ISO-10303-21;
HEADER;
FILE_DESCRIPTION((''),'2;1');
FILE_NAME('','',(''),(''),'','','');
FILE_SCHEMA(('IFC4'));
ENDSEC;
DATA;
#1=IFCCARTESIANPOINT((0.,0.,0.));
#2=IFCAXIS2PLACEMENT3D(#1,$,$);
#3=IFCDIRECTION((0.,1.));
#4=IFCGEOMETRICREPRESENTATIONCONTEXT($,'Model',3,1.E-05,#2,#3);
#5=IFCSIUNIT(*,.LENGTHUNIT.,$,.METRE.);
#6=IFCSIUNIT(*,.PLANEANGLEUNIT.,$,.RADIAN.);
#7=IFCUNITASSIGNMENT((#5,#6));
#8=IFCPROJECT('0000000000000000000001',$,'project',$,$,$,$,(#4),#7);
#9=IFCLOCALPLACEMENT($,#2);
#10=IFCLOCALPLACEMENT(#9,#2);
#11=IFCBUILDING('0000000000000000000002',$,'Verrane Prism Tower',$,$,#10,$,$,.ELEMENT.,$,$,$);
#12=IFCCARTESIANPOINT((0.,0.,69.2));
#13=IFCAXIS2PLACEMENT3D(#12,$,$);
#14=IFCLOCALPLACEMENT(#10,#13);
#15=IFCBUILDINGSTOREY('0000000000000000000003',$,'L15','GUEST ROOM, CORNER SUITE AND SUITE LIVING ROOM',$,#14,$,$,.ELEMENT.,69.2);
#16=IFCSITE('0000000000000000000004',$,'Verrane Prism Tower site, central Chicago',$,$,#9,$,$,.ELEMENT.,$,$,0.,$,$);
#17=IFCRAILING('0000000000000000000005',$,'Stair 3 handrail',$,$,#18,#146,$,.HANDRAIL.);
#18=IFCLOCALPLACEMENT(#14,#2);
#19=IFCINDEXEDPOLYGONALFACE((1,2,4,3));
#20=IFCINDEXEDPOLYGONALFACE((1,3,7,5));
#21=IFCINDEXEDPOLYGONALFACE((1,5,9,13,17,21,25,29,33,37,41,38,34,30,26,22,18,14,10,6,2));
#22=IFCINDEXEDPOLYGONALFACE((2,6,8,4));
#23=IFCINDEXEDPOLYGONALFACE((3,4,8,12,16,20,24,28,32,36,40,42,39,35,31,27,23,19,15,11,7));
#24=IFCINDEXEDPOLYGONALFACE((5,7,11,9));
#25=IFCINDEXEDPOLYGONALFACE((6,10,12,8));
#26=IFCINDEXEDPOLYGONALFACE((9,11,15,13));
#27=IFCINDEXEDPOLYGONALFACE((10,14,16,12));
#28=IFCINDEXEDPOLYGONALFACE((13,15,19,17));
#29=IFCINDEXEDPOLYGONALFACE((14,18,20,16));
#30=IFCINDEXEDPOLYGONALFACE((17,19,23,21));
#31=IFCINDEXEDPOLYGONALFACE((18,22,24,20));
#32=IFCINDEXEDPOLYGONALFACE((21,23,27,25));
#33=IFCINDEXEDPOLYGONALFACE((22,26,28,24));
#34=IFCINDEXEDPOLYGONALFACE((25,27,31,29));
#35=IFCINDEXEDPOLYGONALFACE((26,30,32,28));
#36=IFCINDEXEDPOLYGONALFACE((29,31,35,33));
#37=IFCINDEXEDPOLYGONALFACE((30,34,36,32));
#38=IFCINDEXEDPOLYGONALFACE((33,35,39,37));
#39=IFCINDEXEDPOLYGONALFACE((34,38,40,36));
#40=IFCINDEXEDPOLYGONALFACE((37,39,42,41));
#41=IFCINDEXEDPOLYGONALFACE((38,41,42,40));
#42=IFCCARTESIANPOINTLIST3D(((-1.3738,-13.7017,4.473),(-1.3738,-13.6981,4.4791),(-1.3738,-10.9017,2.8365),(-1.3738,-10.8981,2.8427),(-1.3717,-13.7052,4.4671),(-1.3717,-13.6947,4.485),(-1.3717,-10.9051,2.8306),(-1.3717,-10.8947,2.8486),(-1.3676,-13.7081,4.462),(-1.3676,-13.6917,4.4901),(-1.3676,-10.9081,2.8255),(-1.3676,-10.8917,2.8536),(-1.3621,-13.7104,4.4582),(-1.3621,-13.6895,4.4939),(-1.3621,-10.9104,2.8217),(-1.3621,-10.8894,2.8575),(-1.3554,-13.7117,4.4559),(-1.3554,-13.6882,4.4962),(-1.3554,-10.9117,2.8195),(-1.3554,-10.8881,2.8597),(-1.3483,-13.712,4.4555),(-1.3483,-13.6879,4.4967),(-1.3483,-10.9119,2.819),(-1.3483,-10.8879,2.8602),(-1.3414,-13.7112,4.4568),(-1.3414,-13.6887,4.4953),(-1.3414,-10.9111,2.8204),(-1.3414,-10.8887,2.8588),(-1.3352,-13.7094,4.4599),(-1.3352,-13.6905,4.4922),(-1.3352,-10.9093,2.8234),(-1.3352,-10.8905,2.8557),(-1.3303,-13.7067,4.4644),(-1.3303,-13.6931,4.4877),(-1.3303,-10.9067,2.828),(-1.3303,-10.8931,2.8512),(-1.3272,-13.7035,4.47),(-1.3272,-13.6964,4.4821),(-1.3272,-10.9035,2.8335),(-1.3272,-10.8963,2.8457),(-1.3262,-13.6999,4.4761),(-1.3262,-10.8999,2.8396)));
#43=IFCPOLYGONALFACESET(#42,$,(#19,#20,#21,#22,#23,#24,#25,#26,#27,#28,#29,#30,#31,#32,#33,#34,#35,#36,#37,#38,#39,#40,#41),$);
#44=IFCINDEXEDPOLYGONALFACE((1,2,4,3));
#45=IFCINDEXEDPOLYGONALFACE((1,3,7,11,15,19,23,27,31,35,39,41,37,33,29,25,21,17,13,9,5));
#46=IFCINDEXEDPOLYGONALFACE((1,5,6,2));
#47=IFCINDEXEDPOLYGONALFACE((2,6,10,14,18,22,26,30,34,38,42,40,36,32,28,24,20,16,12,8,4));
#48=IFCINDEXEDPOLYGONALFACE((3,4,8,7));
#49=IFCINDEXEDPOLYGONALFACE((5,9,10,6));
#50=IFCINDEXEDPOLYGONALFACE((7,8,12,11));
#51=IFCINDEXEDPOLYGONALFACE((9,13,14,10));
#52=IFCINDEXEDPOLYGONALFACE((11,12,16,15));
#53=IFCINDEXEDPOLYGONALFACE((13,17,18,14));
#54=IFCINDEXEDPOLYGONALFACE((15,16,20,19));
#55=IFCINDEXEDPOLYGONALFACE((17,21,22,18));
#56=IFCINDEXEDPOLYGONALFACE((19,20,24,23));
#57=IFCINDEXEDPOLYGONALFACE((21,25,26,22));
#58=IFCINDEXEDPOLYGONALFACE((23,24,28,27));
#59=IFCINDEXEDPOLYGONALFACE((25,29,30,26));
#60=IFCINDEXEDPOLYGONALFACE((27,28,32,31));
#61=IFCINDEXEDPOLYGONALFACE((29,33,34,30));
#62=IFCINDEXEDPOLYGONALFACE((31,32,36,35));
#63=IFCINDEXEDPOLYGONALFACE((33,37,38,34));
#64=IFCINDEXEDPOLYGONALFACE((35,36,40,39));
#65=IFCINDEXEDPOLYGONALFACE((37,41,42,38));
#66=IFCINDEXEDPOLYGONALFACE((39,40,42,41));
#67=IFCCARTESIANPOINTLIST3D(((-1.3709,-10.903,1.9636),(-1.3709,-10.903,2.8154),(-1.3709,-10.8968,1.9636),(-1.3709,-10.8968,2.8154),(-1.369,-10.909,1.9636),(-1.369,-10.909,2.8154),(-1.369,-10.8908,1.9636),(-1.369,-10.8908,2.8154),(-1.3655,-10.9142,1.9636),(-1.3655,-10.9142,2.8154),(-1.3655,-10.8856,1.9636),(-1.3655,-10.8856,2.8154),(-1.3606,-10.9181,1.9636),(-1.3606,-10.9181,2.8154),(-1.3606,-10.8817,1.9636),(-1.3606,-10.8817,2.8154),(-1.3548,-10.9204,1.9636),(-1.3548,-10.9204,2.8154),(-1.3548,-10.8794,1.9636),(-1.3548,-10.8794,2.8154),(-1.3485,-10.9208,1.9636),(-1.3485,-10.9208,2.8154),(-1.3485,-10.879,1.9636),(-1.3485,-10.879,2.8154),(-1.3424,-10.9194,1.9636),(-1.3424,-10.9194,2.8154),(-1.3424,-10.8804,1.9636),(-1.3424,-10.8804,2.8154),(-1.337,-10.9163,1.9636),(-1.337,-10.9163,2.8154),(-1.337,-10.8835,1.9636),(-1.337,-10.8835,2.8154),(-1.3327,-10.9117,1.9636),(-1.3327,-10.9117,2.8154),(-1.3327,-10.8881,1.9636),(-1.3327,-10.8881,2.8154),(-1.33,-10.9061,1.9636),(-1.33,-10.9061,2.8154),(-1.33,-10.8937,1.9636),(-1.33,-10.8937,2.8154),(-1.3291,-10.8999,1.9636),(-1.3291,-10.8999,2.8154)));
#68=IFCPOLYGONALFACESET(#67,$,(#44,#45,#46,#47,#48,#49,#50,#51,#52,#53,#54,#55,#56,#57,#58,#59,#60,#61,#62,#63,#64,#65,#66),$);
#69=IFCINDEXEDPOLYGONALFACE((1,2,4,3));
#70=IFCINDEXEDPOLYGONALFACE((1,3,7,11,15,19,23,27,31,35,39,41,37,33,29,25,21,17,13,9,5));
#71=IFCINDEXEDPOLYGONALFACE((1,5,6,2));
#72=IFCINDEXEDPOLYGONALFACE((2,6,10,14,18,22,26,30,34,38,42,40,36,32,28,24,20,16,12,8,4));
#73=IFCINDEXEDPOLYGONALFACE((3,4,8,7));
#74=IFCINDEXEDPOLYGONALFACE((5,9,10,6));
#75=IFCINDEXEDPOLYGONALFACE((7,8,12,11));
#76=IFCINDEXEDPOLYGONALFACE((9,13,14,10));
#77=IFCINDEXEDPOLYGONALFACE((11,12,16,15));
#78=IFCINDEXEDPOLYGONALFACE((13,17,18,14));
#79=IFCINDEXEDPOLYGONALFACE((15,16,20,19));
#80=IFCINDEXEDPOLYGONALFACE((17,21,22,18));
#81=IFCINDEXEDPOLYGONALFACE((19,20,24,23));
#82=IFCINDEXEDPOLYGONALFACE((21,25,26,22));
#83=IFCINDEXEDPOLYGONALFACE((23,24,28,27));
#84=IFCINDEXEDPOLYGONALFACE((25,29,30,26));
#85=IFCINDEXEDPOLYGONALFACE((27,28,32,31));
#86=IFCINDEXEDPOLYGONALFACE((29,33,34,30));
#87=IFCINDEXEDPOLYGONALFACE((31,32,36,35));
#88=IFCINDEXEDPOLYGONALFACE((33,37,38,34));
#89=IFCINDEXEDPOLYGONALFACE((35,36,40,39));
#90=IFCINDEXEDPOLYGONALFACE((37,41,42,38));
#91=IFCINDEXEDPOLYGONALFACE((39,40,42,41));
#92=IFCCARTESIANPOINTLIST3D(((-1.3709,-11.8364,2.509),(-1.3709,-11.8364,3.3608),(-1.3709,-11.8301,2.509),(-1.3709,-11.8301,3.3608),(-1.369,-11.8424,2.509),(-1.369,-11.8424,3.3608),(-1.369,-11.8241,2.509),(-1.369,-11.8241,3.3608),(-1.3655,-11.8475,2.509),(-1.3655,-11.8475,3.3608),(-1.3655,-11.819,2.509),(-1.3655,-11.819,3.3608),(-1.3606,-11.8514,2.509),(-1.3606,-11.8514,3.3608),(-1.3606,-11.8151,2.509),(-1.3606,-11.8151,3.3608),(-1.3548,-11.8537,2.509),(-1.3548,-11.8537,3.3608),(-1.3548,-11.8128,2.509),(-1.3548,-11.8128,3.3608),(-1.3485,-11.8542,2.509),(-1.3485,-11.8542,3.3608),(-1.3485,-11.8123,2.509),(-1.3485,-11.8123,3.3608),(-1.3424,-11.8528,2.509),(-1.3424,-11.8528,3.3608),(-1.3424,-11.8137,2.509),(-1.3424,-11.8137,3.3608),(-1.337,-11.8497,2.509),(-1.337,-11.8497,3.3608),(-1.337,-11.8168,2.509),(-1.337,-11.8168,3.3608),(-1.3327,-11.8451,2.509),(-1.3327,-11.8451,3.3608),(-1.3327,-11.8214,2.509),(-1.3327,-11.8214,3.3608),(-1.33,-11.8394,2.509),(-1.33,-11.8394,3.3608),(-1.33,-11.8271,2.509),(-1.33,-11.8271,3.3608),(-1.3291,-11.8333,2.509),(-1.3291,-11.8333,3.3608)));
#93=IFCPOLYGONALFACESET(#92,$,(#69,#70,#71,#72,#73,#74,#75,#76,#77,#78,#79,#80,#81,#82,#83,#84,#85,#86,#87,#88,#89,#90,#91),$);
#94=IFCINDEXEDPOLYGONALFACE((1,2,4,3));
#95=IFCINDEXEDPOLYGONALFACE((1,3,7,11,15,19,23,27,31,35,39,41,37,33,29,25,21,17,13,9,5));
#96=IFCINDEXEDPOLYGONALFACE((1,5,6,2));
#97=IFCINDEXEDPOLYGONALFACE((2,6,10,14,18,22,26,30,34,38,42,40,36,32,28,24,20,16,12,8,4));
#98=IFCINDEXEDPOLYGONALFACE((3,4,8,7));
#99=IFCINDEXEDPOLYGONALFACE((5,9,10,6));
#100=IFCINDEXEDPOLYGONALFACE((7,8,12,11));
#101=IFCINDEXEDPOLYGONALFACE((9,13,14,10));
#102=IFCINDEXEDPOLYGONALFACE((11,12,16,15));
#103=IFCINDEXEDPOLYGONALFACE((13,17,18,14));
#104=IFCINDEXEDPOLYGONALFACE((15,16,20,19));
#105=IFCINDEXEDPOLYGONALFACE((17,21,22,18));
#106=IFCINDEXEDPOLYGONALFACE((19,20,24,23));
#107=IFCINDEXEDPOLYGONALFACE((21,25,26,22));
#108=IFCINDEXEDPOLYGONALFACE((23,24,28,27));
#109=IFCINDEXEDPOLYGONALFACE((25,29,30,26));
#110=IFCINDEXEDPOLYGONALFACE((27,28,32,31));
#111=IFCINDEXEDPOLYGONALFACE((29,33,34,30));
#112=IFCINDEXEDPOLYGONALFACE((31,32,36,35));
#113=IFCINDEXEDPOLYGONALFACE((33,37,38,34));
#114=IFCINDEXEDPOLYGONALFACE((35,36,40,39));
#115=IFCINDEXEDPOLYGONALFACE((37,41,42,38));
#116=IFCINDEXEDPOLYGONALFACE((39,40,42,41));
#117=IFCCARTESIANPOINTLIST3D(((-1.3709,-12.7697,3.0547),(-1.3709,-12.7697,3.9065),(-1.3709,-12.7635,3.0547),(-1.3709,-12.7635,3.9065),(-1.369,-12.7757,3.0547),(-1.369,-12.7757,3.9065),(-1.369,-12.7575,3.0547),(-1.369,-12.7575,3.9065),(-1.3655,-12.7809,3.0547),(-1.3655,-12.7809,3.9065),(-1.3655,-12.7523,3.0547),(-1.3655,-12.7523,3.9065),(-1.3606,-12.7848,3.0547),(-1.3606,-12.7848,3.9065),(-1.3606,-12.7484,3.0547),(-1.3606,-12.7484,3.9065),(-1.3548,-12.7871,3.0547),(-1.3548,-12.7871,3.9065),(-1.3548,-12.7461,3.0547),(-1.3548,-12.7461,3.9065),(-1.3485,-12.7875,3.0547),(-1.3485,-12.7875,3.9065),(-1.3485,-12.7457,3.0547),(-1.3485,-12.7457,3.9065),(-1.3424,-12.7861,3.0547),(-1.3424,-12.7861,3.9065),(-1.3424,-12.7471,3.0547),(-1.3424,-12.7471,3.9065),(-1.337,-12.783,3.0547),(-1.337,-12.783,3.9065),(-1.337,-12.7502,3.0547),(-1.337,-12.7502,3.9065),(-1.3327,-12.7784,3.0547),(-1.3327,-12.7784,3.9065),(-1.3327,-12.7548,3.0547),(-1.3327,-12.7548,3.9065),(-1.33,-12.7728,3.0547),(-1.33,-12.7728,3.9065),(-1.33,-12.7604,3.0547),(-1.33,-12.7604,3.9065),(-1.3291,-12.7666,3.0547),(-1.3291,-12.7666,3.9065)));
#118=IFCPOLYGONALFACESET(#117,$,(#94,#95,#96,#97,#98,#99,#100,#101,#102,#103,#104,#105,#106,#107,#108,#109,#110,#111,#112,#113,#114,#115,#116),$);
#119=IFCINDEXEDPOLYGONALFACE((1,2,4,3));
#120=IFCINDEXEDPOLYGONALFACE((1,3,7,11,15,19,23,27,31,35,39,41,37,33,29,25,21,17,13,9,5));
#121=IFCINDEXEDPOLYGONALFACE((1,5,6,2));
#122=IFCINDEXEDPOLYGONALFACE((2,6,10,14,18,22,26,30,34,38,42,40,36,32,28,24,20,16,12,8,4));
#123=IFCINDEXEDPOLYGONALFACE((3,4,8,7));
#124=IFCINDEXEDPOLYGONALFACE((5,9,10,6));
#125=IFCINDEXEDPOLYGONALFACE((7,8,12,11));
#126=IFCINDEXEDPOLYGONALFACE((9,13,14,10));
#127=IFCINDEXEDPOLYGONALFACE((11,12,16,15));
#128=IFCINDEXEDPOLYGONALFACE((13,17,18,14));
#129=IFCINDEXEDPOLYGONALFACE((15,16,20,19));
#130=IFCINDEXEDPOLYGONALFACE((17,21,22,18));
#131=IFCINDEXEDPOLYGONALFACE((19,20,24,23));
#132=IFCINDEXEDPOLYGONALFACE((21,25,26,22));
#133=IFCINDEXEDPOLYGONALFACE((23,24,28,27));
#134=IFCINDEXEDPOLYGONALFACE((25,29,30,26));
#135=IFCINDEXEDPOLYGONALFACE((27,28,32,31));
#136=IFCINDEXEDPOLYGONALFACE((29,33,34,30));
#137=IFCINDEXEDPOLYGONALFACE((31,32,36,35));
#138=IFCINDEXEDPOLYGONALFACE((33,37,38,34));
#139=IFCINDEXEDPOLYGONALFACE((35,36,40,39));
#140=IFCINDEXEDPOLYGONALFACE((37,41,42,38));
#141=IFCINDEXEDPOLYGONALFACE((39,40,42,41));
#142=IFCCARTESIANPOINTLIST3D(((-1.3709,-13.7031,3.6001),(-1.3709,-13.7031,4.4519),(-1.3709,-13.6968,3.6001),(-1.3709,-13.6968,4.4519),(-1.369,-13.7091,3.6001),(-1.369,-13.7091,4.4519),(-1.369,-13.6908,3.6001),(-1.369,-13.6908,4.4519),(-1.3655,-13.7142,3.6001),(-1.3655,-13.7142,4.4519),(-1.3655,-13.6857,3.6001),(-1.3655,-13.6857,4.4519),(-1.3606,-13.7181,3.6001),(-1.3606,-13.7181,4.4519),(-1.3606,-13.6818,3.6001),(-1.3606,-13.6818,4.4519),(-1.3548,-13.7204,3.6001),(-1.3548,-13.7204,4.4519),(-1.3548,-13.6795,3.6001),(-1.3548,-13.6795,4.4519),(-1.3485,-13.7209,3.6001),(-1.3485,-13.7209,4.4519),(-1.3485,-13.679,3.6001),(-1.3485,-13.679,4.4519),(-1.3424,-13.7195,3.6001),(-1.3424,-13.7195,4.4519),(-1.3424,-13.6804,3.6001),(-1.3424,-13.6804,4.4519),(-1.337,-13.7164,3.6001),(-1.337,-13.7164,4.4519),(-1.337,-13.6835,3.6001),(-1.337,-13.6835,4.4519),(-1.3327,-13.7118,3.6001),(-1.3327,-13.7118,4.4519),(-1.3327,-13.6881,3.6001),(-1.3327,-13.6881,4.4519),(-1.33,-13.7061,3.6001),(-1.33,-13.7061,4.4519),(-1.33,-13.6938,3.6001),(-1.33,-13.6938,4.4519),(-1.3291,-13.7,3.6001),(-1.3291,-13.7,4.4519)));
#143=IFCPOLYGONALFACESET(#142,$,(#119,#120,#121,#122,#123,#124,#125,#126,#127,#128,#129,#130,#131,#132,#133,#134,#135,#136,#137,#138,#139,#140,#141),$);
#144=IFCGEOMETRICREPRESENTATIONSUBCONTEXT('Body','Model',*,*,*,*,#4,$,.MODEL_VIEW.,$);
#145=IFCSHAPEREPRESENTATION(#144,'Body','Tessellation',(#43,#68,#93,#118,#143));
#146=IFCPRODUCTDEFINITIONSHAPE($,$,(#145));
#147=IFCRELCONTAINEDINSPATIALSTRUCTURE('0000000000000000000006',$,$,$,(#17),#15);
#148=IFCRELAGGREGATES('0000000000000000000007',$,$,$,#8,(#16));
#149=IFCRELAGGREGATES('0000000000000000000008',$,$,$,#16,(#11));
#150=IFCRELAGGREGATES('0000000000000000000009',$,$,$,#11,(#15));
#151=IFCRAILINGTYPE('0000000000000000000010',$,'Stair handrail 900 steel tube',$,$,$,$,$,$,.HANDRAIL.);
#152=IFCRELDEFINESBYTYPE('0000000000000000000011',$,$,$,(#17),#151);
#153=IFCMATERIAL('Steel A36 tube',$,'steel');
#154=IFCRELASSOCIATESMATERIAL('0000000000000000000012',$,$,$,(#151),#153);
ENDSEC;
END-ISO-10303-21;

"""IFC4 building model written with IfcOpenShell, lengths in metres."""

from ifc_helpers import new_model, si_unit, direction, frame, origin, origin_2d, place, context, subcontext, project, spatial, circle, extrude, material, type_object, element, save


model = new_model("IFC4")

# Units and contexts
model_context = context("Model", 3, precision=1e-05, world=origin(), true_north=direction((0.0, 1.0)))
body_context = subcontext(model_context, "Body", "Model", "MODEL_VIEW")
ifc_project = project(units=[si_unit("LENGTHUNIT", "METRE"), si_unit("PLANEANGLEUNIT", "RADIAN")], contexts=[model_context])

# Site, building, storey
site_placement = place(None, origin())
site = spatial("IfcSite", under=ifc_project, at=site_placement, Name="Verrane Prism Tower site, central Chicago", CompositionType="ELEMENT", RefElevation=0.0)
building_placement = place(site_placement, origin())
building = spatial("IfcBuilding", under=site, at=building_placement, Name="Verrane Prism Tower", CompositionType="ELEMENT")
storey_placement = place(building_placement, frame((0.0, 0.0, 69.2)))
storey = spatial("IfcBuildingStorey", under=building, at=storey_placement, Name="L15", Description="GUEST ROOM, CORNER SUITE AND SUITE LIVING ROOM", CompositionType="ELEMENT", Elevation=69.2)

# Railing
ifc_material_1 = material(Name="Steel A36 tube", Category="steel")
railing_type = type_object("IfcRailingType", Name="Stair handrail 900 steel tube", PredefinedType="HANDRAIL", material=ifc_material_1)
railing_placement = place(storey_placement, frame((-1.3501, -10.8999, 1.9636)))
element("IfcRailing", 1, at=railing_placement, inside=storey, type_object=railing_type, Name="Stair 3 handrail", PredefinedType="HANDRAIL", context=body_context, shape_type="SweptSolid", body=[
    extrude(circle(Radius=0.0239, at=origin_2d()), frame((0.0, 0.0, 0.876), z_axis=(0.0, -0.863361, 0.504587), x_axis=(1.0, 0.0, 0.0)), (0.0, 0.0, 1.0), 3.2432),
    extrude(circle(Radius=0.021, at=origin_2d()), origin(), (0.0, 0.0, 1.0), 0.8518),
    extrude(circle(Radius=0.021, at=origin_2d()), frame((0.0, -0.9333, 0.5454)), (0.0, 0.0, 1.0), 0.8518),
    extrude(circle(Radius=0.021, at=origin_2d()), frame((0.0, -1.8667, 1.0911)), (0.0, 0.0, 1.0), 0.8518),
    extrude(circle(Radius=0.021, at=origin_2d()), frame((0.0, -2.8, 1.6365)), (0.0, 0.0, 1.0), 0.8518),
])

save(model, "model.ifc")
